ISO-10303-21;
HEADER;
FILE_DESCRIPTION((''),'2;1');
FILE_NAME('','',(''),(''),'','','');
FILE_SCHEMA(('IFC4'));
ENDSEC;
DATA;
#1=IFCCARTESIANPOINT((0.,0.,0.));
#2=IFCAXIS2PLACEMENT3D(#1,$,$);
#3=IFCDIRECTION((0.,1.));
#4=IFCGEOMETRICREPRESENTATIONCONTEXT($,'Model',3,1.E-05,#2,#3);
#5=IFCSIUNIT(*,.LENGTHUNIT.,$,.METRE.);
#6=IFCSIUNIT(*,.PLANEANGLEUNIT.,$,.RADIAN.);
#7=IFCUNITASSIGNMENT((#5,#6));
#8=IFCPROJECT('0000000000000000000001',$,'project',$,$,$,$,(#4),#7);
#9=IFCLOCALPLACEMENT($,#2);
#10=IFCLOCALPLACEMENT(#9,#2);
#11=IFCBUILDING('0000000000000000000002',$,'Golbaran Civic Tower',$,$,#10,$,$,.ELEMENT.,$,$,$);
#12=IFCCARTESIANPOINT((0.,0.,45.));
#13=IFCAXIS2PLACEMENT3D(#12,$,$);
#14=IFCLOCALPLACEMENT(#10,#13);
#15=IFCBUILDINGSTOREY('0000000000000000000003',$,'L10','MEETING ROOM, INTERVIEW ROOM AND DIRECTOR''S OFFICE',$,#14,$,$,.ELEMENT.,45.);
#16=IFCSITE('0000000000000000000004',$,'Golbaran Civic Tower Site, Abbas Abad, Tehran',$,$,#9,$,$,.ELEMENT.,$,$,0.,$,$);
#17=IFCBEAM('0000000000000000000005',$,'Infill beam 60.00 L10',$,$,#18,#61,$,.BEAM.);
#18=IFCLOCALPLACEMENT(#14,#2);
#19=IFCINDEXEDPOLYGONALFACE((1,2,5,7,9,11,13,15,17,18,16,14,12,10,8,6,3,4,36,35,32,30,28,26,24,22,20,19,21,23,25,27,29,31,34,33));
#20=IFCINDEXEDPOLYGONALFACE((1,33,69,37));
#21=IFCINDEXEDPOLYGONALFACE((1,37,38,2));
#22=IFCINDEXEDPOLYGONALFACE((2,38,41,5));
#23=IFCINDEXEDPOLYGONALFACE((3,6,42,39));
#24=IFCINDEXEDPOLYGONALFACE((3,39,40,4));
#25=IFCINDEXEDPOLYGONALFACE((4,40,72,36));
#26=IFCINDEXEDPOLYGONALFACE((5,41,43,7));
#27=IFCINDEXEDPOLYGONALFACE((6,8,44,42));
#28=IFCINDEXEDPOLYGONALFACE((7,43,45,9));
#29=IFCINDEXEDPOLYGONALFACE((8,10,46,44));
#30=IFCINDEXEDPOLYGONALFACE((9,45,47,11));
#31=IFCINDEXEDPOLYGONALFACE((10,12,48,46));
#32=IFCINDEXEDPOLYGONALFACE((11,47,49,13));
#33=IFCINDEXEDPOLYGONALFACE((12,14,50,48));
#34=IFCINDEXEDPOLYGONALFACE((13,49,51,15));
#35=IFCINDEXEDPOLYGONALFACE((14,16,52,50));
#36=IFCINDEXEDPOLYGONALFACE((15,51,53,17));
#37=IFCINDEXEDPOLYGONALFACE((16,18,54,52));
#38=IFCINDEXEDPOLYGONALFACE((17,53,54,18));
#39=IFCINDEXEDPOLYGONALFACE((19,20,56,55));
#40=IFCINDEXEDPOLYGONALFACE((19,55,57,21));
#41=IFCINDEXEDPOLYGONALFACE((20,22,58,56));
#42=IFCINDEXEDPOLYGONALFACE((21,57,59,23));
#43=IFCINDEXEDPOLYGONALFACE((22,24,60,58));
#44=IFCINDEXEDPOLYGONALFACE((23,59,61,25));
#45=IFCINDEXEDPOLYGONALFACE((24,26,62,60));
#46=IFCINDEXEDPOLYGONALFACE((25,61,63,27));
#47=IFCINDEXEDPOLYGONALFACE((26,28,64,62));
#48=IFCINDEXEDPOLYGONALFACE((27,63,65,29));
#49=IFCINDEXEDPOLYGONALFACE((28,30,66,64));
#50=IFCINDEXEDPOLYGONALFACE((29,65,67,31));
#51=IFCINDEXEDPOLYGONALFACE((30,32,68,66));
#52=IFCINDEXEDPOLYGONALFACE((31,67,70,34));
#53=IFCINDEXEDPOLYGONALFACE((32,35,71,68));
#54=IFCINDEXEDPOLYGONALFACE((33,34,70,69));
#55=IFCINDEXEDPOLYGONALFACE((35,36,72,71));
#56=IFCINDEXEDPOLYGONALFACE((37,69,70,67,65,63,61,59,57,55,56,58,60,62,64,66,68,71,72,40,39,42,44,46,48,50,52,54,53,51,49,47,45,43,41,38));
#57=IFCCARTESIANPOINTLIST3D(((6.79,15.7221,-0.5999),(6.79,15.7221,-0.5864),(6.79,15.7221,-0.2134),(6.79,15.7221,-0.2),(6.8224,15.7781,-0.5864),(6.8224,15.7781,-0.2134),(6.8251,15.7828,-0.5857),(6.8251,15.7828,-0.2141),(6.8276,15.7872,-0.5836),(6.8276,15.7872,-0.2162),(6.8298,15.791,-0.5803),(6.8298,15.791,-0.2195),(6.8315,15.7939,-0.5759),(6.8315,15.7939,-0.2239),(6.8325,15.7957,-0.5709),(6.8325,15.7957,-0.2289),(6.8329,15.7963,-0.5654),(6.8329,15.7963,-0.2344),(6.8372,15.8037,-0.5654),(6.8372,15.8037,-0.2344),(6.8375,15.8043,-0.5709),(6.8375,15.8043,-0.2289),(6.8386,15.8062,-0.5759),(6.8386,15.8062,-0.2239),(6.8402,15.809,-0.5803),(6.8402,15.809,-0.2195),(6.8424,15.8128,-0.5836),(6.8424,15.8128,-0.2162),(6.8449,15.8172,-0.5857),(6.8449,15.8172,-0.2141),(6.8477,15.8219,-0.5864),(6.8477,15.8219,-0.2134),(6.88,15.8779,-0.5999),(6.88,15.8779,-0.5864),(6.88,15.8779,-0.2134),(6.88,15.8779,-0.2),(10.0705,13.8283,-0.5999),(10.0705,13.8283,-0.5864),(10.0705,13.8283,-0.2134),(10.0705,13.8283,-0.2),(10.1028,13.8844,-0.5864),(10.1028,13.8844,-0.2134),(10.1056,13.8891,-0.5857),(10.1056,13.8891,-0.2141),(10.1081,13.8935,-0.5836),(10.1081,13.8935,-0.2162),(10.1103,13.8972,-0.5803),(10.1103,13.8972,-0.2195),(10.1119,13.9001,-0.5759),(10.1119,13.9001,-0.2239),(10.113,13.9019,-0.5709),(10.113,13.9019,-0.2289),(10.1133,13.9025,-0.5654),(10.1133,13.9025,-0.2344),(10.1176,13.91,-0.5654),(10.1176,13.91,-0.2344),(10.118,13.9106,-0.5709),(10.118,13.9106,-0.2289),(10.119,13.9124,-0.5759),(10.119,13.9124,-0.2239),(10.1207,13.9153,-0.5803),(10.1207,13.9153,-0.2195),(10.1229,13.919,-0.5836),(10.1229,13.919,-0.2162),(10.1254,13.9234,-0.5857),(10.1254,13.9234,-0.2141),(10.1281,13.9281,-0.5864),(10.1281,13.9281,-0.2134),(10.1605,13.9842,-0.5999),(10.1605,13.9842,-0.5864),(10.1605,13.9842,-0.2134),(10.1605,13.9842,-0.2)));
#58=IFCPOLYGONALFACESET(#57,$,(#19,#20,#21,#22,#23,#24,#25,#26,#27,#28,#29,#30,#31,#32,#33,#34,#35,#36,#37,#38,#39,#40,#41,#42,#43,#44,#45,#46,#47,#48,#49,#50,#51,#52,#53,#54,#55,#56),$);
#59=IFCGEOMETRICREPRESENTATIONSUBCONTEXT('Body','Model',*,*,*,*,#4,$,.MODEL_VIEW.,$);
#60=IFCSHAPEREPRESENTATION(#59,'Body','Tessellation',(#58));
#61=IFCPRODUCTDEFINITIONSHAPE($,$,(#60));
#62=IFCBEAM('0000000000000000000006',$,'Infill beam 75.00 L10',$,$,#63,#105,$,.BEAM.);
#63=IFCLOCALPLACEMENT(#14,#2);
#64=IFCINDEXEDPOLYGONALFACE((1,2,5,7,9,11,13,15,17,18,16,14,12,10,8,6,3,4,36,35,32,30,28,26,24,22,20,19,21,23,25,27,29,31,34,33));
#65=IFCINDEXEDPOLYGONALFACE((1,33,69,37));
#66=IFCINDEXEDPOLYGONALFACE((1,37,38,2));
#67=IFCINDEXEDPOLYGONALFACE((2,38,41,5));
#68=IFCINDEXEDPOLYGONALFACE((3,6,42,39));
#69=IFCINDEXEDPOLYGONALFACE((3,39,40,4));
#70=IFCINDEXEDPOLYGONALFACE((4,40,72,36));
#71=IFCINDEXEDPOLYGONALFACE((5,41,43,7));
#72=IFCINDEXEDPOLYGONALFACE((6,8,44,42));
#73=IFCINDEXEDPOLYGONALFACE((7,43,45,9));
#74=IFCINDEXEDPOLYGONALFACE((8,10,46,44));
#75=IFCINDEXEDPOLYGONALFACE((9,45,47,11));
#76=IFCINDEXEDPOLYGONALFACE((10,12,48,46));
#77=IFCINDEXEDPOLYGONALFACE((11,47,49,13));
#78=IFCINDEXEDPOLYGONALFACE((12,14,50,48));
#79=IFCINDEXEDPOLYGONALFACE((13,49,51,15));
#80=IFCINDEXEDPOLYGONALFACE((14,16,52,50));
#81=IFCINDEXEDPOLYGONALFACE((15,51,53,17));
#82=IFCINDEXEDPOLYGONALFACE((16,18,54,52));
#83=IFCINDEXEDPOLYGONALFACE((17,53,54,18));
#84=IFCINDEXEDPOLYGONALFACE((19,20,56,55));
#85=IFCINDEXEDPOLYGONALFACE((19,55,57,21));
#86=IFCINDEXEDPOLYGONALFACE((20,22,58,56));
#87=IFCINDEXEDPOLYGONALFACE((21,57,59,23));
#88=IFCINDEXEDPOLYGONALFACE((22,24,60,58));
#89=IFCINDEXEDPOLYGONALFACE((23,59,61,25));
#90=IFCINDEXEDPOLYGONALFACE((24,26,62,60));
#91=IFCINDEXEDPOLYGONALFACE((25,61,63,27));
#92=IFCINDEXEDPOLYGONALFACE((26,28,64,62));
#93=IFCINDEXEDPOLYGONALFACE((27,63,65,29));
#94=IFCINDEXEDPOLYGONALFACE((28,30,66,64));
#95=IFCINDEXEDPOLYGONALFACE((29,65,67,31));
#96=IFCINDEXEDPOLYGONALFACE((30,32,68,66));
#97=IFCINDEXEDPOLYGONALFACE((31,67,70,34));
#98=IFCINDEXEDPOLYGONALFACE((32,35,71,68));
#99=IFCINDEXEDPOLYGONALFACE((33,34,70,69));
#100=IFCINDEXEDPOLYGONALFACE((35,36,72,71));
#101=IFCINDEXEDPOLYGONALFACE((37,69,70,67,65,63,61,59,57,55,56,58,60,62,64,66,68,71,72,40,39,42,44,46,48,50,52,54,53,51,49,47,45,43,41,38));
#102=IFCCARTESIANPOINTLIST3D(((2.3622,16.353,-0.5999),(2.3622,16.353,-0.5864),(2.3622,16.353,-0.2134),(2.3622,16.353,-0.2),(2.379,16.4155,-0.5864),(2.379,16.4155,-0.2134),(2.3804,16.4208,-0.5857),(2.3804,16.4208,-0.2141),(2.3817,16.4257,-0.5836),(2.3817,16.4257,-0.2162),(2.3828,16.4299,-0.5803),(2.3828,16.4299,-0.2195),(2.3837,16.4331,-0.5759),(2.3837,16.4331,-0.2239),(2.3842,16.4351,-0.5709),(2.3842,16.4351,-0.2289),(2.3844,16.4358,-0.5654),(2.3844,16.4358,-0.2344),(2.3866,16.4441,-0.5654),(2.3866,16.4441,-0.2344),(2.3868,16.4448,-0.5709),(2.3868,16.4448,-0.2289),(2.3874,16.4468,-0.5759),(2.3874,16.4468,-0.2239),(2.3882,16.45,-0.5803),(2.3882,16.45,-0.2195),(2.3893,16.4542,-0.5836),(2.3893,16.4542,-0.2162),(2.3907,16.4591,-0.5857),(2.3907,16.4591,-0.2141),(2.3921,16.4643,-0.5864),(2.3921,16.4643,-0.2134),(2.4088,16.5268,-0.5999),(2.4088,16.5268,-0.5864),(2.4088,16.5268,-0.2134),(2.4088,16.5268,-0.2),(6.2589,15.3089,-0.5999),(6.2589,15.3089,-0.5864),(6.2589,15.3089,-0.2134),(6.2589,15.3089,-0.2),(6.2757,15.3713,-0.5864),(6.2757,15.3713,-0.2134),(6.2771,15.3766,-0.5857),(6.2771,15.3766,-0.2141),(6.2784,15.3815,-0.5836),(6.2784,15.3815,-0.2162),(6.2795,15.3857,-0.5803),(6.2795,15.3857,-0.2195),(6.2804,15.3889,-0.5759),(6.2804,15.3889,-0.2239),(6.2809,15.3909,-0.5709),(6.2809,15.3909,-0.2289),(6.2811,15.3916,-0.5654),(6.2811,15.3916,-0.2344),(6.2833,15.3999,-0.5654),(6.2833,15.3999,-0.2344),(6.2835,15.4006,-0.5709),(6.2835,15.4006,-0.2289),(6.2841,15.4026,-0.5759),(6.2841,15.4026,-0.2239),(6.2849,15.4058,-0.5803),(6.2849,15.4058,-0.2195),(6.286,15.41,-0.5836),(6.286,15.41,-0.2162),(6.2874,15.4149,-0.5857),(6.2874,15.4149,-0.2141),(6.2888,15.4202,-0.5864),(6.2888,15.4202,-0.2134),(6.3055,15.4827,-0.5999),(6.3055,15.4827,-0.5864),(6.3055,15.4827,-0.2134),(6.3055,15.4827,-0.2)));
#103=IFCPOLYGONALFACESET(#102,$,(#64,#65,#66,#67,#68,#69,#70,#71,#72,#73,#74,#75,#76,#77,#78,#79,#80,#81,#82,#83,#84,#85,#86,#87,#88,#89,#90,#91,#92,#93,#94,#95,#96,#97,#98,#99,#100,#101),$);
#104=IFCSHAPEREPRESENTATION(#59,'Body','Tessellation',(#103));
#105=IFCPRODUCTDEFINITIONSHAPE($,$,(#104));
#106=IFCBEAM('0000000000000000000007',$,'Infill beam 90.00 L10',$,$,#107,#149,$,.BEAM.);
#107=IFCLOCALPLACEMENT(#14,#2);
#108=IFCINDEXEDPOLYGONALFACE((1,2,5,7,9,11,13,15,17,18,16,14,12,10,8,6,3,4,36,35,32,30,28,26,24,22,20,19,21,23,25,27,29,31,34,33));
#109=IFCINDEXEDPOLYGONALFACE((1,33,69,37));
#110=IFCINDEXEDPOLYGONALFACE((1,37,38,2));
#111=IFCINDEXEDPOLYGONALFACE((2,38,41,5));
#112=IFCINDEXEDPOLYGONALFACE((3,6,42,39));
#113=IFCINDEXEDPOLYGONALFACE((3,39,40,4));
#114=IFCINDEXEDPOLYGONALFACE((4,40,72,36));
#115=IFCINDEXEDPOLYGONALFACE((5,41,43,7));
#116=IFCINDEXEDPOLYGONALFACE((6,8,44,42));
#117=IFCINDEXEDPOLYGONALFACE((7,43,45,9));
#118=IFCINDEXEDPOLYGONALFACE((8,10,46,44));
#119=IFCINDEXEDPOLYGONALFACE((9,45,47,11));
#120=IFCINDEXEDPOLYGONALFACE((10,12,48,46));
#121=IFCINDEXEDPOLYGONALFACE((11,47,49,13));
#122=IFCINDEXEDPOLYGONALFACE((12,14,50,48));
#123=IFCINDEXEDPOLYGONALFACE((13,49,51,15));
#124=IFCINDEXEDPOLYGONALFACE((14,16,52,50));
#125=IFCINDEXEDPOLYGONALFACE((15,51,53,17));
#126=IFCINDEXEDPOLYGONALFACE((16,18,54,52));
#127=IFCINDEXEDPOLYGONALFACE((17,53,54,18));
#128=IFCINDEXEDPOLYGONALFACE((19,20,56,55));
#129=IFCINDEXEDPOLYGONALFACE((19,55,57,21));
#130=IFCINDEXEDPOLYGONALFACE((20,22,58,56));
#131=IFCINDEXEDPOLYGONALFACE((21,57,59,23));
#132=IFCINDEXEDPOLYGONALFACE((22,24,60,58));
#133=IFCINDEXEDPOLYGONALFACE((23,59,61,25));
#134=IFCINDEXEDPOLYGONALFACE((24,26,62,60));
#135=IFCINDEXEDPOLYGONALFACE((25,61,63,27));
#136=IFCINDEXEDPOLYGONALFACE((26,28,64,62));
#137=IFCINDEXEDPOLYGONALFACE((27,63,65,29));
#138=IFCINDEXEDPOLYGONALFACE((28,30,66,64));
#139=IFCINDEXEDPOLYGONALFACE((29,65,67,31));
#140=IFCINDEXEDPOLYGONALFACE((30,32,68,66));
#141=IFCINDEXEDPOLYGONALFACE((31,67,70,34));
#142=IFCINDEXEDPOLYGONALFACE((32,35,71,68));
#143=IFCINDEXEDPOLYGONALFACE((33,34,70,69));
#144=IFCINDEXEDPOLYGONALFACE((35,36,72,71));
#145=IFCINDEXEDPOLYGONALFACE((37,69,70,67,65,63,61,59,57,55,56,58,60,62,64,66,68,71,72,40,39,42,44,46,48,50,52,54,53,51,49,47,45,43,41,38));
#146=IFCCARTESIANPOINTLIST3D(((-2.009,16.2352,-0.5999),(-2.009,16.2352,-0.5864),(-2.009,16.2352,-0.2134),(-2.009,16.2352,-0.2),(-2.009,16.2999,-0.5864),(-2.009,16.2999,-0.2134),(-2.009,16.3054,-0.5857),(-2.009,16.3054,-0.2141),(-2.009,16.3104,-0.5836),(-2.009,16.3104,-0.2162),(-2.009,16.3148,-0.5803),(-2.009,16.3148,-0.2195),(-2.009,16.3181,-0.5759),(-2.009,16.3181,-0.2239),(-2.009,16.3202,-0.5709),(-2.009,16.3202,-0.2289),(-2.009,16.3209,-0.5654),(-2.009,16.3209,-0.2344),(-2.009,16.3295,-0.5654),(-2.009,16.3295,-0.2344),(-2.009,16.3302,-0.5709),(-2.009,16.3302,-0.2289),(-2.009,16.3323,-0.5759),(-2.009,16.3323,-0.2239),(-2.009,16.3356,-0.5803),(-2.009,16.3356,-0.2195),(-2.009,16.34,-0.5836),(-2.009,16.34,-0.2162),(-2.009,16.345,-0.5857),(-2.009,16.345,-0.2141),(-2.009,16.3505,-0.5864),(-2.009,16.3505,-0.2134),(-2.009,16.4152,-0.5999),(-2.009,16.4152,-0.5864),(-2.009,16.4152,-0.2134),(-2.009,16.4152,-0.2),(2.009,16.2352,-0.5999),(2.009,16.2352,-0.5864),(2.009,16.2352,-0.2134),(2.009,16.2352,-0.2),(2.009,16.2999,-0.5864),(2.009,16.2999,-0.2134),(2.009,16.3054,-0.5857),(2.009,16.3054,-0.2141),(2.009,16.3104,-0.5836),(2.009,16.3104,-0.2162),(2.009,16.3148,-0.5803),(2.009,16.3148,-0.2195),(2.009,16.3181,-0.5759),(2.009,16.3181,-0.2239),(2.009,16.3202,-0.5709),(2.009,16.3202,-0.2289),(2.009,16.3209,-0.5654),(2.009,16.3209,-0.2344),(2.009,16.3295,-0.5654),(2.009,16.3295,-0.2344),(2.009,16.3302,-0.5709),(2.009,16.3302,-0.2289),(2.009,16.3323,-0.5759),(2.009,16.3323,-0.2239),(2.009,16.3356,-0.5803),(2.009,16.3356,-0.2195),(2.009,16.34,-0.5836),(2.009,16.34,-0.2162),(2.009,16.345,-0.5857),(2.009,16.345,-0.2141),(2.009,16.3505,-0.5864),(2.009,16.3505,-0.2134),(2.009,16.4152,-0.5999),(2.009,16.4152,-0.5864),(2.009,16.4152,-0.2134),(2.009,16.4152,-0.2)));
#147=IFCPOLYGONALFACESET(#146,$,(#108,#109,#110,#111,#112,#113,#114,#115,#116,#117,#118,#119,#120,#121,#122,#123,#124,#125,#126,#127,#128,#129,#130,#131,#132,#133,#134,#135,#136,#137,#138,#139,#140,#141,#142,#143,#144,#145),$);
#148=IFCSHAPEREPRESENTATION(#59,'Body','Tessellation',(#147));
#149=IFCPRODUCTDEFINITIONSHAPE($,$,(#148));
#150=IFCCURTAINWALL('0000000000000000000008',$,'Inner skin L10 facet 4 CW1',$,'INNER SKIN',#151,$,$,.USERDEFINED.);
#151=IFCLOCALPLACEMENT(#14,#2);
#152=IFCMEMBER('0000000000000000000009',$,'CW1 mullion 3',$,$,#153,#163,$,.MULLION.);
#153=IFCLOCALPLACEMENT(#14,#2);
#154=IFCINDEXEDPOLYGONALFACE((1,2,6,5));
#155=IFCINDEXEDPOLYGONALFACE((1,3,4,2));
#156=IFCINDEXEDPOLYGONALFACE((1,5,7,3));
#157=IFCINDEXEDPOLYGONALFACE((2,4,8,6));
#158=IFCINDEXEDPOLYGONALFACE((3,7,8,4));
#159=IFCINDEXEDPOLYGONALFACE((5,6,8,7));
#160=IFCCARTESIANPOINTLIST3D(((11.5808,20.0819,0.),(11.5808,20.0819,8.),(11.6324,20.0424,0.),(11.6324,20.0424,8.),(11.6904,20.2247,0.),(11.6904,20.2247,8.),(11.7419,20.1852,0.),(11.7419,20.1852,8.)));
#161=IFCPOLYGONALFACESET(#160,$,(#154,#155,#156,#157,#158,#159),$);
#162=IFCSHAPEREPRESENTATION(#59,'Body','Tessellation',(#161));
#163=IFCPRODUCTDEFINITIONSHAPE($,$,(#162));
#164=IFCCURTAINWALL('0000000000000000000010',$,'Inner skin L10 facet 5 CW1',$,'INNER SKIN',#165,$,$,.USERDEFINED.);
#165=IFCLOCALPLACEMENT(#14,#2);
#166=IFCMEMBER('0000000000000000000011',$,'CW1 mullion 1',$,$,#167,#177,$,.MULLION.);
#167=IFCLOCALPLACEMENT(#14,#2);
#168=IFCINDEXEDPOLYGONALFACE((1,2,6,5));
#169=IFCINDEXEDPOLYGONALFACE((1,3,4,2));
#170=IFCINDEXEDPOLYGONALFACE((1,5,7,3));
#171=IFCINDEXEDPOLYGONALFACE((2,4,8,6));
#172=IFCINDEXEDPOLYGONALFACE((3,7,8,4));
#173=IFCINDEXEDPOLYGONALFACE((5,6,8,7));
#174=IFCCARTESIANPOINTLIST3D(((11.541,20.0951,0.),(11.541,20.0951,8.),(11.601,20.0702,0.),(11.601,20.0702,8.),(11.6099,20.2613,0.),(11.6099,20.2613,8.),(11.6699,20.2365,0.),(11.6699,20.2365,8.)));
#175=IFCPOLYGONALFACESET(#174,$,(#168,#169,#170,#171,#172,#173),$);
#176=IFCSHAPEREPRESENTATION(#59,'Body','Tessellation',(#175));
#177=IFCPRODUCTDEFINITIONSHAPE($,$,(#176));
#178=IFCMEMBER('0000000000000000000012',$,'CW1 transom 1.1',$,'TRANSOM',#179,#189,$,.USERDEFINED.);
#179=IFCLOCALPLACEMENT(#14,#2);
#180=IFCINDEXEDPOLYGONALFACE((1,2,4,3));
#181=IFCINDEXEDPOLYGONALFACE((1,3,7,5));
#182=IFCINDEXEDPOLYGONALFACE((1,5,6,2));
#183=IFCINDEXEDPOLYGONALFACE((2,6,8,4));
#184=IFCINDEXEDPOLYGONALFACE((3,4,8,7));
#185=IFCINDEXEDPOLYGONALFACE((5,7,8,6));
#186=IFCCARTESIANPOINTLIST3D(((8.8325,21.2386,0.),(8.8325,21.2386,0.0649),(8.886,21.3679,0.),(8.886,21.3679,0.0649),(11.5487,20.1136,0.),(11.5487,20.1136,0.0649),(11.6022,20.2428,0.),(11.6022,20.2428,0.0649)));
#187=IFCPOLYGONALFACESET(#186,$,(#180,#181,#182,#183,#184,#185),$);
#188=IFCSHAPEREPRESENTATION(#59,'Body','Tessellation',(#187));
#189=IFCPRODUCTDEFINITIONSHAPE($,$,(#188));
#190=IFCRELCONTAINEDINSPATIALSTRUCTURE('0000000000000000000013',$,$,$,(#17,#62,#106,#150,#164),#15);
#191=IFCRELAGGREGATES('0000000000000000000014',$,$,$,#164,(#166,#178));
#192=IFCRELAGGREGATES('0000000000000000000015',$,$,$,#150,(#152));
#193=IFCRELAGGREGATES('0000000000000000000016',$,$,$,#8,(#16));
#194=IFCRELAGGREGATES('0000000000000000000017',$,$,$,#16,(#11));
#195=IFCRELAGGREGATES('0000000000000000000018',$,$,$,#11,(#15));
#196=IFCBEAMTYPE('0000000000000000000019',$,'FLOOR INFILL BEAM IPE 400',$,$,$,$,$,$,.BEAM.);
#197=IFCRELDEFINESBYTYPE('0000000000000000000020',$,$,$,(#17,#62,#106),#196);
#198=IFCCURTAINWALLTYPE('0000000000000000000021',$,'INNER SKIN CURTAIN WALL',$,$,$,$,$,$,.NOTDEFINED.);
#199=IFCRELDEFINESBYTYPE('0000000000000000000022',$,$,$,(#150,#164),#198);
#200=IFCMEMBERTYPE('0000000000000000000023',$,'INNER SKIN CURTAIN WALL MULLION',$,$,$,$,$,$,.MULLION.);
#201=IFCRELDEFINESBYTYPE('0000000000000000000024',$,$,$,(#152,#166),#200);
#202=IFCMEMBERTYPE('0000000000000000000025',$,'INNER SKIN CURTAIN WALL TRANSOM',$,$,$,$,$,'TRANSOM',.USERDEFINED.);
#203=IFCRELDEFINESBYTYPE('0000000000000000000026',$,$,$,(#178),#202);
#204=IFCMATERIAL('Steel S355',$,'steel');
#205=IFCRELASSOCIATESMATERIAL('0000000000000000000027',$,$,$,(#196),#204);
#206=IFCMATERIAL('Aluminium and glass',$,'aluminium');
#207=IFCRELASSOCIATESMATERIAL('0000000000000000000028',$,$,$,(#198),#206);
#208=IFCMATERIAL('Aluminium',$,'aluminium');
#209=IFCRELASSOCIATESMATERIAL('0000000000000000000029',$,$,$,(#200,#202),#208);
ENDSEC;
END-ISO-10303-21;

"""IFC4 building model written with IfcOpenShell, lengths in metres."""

from ifc_helpers import new_model, si_unit, direction, frame, origin, origin_2d, place, context, subcontext, project, spatial, rectangle, i_section, extrude, material, material_profile, profile_set, type_object, element, aggregate, save


model = new_model("IFC4")

# Units and contexts
model_context = context("Model", 3, precision=1e-05, world=origin(), true_north=direction((0.0, 1.0)))
body_context = subcontext(model_context, "Body", "Model", "MODEL_VIEW")
ifc_project = project(units=[si_unit("LENGTHUNIT", "METRE"), si_unit("PLANEANGLEUNIT", "RADIAN")], contexts=[model_context])

# Site, building, storey
site_placement = place(None, origin())
site = spatial("IfcSite", under=ifc_project, at=site_placement, Name="Golbaran Civic Tower Site, Abbas Abad, Tehran", CompositionType="ELEMENT", RefElevation=0.0)
building_placement = place(site_placement, origin())
building = spatial("IfcBuilding", under=site, at=building_placement, Name="Golbaran Civic Tower", CompositionType="ELEMENT")
storey_placement = place(building_placement, frame((0.0, 0.0, 45.0)))
storey = spatial("IfcBuildingStorey", under=building, at=storey_placement, Name="L10", Description="MEETING ROOM, INTERVIEW ROOM AND DIRECTOR'S OFFICE", CompositionType="ELEMENT", Elevation=45.0)

# Beams
ifc_material_1 = material(Name="Steel S355", Category="steel")
ifc_material_profile_1 = material_profile(ifc_material_1, i_section(OverallWidth=0.1799, OverallDepth=0.3999, WebThickness=0.0085, FlangeThickness=0.0134, FilletRadius=0.021, at=origin_2d()), Name="IPE 400")
ifc_profile_set_1 = profile_set([ifc_material_profile_1], Name="Steel S355")
beam_type_1 = type_object("IfcBeamType", Name="FLOOR INFILL BEAM IPE 400", PredefinedType="BEAM", material=ifc_profile_set_1)
beam_1_placement = place(storey_placement, frame((10.1155, 13.9062, -0.3999), z_axis=(-0.866049, 0.499959, 0.0), x_axis=(-0.499959, -0.866049, 0.0)))
element("IfcBeam", 1, at=beam_1_placement, inside=storey, type_object=beam_type_1, Name="Infill beam 60.00 L10", PredefinedType="BEAM", context=body_context, shape_type="SweptSolid", body=[
    extrude(i_section(OverallWidth=0.1799, OverallDepth=0.3999, WebThickness=0.0085, FlangeThickness=0.0134, FilletRadius=0.021, at=origin_2d()), origin(), (0.0, 0.0, 1.0), 3.7878),
])
beam_2_placement = place(storey_placement, frame((6.2822, 15.3958, -0.3999), z_axis=(-0.965922, 0.258834, 0.0), x_axis=(-0.258834, -0.965922, 0.0)))
element("IfcBeam", 2, at=beam_2_placement, inside=storey, type_object=beam_type_1, Name="Infill beam 75.00 L10", PredefinedType="BEAM", context=body_context, shape_type="SweptSolid", body=[
    extrude(i_section(OverallWidth=0.1799, OverallDepth=0.3999, WebThickness=0.0085, FlangeThickness=0.0134, FilletRadius=0.021, at=origin_2d()), origin(), (0.0, 0.0, 1.0), 4.0342),
])
beam_3_placement = place(storey_placement, frame((2.009, 16.3252, -0.3999), z_axis=(-1.0, 0.0, 0.0), x_axis=(0.0, -1.0, 0.0)))
element("IfcBeam", 3, at=beam_3_placement, inside=storey, type_object=beam_type_1, Name="Infill beam 90.00 L10", PredefinedType="BEAM", context=body_context, shape_type="SweptSolid", body=[
    extrude(i_section(OverallWidth=0.1799, OverallDepth=0.3999, WebThickness=0.0085, FlangeThickness=0.0134, FilletRadius=0.021, at=origin_2d()), origin(), (0.0, 0.0, 1.0), 4.0181),
])

# Curtain wall, member
ifc_material_2 = material(Name="Aluminium and glass", Category="aluminium")
curtain_wall_type = type_object("IfcCurtainWallType", Name="INNER SKIN CURTAIN WALL", PredefinedType="NOTDEFINED", material=ifc_material_2)
curtain_wall_1_placement = place(storey_placement, origin())
curtain_wall_1 = element("IfcCurtainWall", 4, at=curtain_wall_1_placement, inside=storey, type_object=curtain_wall_type, Name="Inner skin L10 facet 4 CW1", ObjectType="INNER SKIN", PredefinedType="USERDEFINED")
ifc_material_3 = material(Name="Aluminium", Category="aluminium")
ifc_material_profile_2 = material_profile(ifc_material_3, rectangle(XDim=0.1799, YDim=0.0649, at=origin_2d()), Name="INNER SKIN CURTAIN WALL MULLION")
ifc_profile_set_2 = profile_set([ifc_material_profile_2], Name="Aluminium")
member_type_1 = type_object("IfcMemberType", Name="INNER SKIN CURTAIN WALL MULLION", PredefinedType="MULLION", material=ifc_profile_set_2)
member_1_placement = place(storey_placement, frame((11.6614, 20.1335, 0.0), z_axis=(0.0, 0.0, 1.0), x_axis=(-0.608761, -0.793353, 0.0)))
member_1 = element("IfcMember", 5, at=member_1_placement, type_object=member_type_1, Name="CW1 mullion 3", PredefinedType="MULLION", context=body_context, shape_type="SweptSolid", body=[
    extrude(rectangle(XDim=0.1799, YDim=0.0649, at=origin_2d()), origin(), (0.0, 0.0, 1.0), 8.0),
])

# Curtain wall, members
curtain_wall_2_placement = place(storey_placement, origin())
curtain_wall_2 = element("IfcCurtainWall", 6, at=curtain_wall_2_placement, inside=storey, type_object=curtain_wall_type, Name="Inner skin L10 facet 5 CW1", ObjectType="INNER SKIN", PredefinedType="USERDEFINED")
member_2_placement = place(storey_placement, frame((11.6055, 20.1658, 0.0), z_axis=(0.0, 0.0, 1.0), x_axis=(-0.382683, -0.92388, 0.0)))
member_2 = element("IfcMember", 7, at=member_2_placement, type_object=member_type_1, Name="CW1 mullion 1", PredefinedType="MULLION", context=body_context, shape_type="SweptSolid", body=[
    extrude(rectangle(XDim=0.1799, YDim=0.0649, at=origin_2d()), origin(), (0.0, 0.0, 1.0), 8.0),
])
ifc_material_profile_3 = material_profile(ifc_material_3, rectangle(XDim=0.1399, YDim=0.0649, at=origin_2d()), Name="INNER SKIN CURTAIN WALL TRANSOM")
ifc_profile_set_3 = profile_set([ifc_material_profile_3], Name="Aluminium")
member_type_2 = type_object("IfcMemberType", Name="INNER SKIN CURTAIN WALL TRANSOM", ElementType="TRANSOM", PredefinedType="USERDEFINED", material=ifc_profile_set_3)
member_3_placement = place(storey_placement, frame((11.5754, 20.1782, 0.0325), z_axis=(-0.923883, 0.382675, 0.0), x_axis=(-0.382675, -0.923883, 0.0)))
member_3 = element("IfcMember", 8, at=member_3_placement, type_object=member_type_2, Name="CW1 transom 1.1", ObjectType="TRANSOM", PredefinedType="USERDEFINED", context=body_context, shape_type="SweptSolid", body=[
    extrude(rectangle(XDim=0.1399, YDim=0.0649, at=origin_2d()), origin(), (0.0, 0.0, 1.0), 2.9399),
])
aggregate(curtain_wall_2, [member_2, member_3])

aggregate(curtain_wall_1, [member_1])

save(model, "model.ifc")
